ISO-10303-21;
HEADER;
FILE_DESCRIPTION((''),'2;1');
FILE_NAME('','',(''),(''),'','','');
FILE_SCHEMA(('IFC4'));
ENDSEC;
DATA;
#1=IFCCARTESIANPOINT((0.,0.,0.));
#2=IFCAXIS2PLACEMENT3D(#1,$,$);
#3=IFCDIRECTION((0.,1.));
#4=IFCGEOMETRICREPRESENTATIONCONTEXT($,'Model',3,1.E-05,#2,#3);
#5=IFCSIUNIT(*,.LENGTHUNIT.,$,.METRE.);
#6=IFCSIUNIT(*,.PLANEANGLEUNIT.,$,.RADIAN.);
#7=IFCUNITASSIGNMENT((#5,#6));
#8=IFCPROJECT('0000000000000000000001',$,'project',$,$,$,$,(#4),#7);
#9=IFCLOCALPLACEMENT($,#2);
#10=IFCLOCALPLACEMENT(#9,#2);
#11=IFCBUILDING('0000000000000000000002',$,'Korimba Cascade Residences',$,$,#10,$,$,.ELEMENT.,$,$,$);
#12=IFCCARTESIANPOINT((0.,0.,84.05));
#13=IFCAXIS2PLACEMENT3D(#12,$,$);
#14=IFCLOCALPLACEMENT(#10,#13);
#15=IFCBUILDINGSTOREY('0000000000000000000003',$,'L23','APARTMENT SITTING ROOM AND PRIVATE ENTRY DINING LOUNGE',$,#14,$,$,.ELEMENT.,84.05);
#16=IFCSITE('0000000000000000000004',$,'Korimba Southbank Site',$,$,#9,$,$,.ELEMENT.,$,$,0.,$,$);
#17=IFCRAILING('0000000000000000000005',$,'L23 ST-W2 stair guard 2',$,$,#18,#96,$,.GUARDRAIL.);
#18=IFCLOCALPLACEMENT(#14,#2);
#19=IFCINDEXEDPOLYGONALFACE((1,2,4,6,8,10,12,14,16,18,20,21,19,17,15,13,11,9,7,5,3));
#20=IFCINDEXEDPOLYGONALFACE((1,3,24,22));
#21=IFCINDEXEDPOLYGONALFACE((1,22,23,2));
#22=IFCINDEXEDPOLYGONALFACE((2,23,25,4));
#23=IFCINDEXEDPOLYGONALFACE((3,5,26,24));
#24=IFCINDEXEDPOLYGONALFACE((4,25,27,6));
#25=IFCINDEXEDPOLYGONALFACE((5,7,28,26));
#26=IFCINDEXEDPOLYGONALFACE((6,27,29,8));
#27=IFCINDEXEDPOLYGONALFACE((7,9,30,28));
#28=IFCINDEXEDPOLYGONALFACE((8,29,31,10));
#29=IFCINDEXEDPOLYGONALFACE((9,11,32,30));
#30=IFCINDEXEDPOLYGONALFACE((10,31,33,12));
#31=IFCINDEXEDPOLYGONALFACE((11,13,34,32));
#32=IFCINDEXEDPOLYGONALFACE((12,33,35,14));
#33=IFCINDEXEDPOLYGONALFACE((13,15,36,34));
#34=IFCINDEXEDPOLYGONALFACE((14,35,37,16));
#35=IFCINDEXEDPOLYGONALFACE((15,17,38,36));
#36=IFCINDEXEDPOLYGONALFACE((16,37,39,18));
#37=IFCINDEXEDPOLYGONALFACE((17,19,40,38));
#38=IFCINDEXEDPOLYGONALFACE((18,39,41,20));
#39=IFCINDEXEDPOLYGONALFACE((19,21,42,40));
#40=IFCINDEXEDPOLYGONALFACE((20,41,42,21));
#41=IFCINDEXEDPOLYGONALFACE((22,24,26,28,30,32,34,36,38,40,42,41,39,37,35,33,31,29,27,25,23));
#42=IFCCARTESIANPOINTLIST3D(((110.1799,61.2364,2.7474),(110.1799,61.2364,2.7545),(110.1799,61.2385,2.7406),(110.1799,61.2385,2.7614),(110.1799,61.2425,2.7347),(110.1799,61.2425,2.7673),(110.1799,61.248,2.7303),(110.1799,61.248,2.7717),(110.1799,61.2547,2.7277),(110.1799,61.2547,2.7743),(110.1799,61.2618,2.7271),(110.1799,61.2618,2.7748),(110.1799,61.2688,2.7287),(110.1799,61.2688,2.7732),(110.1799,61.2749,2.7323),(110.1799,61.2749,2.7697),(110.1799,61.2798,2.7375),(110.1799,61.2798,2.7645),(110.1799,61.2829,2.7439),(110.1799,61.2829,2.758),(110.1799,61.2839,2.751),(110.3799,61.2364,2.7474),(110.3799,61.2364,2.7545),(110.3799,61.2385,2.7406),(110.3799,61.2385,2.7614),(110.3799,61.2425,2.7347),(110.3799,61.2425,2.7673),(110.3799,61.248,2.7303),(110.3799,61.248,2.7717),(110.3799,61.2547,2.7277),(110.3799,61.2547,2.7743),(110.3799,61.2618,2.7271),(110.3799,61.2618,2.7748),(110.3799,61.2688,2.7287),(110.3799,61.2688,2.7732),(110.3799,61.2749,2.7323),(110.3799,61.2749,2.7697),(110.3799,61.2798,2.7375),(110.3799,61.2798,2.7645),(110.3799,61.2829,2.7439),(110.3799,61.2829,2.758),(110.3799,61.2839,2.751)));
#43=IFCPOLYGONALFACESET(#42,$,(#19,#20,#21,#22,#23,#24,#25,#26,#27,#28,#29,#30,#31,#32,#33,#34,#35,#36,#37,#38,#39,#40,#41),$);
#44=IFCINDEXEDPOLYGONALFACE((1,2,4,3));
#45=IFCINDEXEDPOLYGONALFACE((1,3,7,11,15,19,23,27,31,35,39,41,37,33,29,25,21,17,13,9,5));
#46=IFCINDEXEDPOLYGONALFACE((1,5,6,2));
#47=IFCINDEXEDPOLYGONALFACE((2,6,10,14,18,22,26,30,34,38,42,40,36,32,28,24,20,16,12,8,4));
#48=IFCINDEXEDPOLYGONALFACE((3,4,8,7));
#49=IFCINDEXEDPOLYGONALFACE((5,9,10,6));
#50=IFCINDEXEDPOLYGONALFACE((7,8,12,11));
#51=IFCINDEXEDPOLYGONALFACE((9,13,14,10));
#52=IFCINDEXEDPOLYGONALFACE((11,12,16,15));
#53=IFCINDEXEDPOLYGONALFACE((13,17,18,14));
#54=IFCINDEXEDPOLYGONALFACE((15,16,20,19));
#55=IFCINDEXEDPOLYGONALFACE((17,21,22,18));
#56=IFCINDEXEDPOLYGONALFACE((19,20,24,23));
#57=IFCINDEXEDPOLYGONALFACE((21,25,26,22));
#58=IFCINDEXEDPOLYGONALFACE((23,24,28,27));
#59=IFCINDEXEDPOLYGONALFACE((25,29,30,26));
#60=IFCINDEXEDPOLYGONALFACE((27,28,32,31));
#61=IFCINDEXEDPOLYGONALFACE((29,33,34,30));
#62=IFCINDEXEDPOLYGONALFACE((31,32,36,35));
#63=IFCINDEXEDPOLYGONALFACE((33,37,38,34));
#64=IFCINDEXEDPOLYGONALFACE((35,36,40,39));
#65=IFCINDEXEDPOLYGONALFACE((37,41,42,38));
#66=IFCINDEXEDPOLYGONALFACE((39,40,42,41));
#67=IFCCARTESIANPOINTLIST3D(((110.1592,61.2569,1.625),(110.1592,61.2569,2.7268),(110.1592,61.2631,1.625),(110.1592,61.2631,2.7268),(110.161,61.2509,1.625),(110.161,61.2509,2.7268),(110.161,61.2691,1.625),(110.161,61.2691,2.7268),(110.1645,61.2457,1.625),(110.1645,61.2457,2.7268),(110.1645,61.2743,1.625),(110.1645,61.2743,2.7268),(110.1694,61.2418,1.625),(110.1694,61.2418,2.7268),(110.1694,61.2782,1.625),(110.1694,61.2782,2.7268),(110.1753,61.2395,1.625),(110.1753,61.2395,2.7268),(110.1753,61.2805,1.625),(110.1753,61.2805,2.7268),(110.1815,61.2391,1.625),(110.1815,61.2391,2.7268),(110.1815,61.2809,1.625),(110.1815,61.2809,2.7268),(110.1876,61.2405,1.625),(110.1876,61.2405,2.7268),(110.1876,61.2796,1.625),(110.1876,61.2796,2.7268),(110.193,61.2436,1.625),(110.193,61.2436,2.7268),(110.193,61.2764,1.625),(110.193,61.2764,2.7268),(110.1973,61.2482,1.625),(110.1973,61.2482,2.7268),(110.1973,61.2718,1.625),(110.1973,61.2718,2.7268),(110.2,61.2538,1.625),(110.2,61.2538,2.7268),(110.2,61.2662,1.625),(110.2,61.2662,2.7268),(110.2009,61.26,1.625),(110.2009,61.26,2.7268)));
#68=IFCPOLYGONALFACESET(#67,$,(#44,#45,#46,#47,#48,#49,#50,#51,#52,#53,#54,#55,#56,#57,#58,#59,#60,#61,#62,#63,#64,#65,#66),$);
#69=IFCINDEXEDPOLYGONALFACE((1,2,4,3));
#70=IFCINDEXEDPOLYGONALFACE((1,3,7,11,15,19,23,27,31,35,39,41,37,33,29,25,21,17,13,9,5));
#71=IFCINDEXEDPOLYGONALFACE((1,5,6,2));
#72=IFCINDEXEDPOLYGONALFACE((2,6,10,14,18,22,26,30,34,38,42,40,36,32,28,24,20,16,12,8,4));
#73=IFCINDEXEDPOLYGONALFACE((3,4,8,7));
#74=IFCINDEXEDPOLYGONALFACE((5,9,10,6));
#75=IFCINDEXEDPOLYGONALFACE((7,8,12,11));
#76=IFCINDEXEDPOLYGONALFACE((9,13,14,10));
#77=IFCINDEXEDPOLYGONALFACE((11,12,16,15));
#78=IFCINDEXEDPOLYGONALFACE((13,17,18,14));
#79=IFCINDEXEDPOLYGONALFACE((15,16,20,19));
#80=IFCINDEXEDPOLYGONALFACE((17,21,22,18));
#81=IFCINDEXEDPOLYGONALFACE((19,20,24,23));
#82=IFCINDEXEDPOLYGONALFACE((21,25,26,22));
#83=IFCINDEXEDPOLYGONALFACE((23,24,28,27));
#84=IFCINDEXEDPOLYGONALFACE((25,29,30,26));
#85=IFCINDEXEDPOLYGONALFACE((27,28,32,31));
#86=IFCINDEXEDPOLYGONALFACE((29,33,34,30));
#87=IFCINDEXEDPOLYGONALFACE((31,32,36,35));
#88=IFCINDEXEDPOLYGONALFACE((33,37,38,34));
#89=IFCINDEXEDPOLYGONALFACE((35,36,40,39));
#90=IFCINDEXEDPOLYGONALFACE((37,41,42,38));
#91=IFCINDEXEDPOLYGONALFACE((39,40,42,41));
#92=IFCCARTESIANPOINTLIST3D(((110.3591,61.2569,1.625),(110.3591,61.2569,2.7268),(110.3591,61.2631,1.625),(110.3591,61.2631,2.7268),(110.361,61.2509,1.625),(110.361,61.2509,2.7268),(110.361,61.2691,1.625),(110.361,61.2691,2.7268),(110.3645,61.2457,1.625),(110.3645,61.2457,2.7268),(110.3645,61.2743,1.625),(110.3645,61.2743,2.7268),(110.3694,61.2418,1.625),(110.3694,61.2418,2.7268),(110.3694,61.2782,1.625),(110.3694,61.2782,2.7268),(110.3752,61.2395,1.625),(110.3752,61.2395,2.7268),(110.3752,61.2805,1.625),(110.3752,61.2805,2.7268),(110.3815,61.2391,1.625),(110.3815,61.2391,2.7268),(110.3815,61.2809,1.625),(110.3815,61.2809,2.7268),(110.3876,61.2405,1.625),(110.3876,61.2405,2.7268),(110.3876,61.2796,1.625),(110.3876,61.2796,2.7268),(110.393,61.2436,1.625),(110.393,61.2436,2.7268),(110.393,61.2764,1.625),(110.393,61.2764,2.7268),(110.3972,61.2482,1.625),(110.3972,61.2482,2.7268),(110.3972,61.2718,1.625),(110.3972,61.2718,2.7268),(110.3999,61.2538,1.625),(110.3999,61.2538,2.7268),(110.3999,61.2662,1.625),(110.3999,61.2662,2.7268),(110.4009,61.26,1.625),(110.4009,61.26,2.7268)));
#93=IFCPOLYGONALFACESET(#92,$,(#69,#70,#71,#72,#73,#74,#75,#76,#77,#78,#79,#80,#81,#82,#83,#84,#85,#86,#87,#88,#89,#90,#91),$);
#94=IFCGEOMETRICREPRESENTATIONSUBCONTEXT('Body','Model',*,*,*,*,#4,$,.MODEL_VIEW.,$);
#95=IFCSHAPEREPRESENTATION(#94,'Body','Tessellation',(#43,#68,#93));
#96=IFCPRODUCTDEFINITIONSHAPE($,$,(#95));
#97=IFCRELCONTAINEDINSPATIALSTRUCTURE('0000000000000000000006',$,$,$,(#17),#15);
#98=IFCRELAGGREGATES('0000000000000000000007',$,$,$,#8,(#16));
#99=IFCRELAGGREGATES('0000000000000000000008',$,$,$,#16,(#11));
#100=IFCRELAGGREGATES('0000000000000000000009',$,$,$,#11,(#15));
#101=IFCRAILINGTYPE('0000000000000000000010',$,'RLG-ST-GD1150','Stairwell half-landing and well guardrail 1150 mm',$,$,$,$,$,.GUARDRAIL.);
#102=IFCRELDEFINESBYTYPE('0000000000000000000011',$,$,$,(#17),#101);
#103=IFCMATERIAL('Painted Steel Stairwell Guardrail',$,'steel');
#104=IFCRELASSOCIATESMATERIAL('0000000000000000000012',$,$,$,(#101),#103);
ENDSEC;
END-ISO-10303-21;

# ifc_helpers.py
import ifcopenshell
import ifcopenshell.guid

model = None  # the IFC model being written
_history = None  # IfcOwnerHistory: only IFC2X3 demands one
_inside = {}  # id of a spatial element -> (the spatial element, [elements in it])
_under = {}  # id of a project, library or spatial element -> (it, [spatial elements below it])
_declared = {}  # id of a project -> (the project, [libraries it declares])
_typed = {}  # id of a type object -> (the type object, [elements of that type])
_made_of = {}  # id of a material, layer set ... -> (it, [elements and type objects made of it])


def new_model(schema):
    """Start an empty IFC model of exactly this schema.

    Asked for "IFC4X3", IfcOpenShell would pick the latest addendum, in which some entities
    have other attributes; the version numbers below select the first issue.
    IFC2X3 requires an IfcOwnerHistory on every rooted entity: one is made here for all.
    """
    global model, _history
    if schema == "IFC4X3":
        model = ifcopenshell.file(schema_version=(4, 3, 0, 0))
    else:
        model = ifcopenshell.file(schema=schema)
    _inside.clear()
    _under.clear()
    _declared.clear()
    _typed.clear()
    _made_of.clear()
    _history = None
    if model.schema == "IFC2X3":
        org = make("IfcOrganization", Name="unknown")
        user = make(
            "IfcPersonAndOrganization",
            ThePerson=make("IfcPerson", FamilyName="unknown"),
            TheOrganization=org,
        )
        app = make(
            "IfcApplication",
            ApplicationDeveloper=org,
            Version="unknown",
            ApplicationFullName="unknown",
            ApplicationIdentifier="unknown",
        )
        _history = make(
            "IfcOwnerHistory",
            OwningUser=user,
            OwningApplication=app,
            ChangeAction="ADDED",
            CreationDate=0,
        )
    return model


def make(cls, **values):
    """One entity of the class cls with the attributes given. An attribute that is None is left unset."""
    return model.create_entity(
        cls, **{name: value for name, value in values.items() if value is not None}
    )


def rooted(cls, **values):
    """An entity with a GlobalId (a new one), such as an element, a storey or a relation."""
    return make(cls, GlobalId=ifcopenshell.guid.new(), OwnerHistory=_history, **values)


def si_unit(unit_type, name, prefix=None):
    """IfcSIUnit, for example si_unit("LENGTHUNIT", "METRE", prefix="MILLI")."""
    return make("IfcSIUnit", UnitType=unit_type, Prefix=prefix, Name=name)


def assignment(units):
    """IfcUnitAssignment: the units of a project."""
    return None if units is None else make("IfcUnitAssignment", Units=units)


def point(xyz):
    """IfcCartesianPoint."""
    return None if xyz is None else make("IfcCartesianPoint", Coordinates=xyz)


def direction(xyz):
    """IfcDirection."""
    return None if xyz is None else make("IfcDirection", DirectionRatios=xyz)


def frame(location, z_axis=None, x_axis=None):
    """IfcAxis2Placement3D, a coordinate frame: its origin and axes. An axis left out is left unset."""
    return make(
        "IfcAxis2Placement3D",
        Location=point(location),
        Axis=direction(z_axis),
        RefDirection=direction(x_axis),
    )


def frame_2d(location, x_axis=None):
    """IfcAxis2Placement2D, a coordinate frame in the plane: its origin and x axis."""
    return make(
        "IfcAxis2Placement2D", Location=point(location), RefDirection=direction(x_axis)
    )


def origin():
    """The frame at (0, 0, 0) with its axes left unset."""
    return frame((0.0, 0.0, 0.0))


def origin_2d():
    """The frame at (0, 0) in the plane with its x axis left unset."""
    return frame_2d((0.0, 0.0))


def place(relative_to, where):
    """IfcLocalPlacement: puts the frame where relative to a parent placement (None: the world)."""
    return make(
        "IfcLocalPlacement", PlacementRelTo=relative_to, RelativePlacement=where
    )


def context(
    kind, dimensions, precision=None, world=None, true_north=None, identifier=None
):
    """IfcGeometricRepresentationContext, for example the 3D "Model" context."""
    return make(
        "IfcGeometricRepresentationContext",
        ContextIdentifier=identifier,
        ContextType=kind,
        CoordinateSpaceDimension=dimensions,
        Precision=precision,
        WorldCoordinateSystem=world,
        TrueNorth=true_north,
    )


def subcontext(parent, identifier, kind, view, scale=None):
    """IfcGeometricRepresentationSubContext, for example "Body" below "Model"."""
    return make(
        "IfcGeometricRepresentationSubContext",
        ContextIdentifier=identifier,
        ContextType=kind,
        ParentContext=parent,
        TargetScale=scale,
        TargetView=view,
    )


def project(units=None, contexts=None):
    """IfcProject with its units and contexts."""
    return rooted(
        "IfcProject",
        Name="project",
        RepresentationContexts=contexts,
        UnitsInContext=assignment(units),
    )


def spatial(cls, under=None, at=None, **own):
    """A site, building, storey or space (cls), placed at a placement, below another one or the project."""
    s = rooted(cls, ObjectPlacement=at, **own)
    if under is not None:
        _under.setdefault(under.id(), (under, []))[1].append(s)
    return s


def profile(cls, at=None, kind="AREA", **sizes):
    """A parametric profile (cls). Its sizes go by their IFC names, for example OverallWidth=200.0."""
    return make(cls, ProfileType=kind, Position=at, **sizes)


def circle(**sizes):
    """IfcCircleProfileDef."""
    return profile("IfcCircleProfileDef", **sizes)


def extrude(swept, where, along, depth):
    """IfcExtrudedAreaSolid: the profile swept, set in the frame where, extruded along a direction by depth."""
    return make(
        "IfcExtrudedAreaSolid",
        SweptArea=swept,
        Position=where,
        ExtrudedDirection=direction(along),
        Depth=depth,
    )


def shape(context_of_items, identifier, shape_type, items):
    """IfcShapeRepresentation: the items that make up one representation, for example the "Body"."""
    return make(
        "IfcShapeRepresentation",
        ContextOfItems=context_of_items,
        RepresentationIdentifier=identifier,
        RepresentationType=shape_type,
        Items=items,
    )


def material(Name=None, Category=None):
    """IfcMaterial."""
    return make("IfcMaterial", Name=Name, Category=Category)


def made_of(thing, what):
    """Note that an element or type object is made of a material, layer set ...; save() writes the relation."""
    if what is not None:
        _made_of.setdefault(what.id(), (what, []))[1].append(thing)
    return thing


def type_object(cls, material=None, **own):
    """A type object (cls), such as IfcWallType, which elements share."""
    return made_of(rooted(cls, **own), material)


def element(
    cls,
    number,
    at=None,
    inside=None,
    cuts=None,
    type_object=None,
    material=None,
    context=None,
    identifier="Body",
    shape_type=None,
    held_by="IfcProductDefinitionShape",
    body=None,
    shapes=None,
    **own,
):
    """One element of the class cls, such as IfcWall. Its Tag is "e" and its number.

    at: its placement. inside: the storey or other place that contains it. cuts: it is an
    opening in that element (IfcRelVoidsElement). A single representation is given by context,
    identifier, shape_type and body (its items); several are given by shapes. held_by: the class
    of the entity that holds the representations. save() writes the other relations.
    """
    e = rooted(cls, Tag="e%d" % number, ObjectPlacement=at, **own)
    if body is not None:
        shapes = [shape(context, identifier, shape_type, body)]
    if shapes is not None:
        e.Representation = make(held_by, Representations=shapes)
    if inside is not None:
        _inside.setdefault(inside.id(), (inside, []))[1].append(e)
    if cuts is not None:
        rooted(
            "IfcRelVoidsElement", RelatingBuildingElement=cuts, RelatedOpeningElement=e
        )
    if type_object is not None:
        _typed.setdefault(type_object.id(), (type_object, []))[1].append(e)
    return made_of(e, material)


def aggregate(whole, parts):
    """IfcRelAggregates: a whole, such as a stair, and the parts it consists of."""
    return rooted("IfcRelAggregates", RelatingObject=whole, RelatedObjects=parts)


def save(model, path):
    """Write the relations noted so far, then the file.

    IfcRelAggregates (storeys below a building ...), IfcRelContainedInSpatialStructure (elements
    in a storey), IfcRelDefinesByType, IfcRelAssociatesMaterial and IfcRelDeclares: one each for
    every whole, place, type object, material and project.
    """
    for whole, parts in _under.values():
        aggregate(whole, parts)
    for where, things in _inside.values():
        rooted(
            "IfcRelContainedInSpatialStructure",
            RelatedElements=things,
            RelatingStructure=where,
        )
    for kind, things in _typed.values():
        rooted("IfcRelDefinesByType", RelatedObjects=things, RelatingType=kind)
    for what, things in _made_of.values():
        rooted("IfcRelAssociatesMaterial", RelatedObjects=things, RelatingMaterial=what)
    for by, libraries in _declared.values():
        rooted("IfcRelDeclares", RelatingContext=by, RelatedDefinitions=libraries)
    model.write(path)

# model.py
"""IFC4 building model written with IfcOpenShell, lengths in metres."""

from ifc_helpers import new_model, si_unit, direction, frame, origin, origin_2d, place, context, subcontext, project, spatial, circle, extrude, material, type_object, element, save


model = new_model("IFC4")

# Units and contexts
model_context = context("Model", 3, precision=1e-05, world=origin(), true_north=direction((0.0, 1.0)))
body_context = subcontext(model_context, "Body", "Model", "MODEL_VIEW")
ifc_project = project(units=[si_unit("LENGTHUNIT", "METRE"), si_unit("PLANEANGLEUNIT", "RADIAN")], contexts=[model_context])

# Site, building, storey
site_placement = place(None, origin())
site = spatial("IfcSite", under=ifc_project, at=site_placement, Name="Korimba Southbank Site", CompositionType="ELEMENT", RefElevation=0.0)
building_placement = place(site_placement, origin())
building = spatial("IfcBuilding", under=site, at=building_placement, Name="Korimba Cascade Residences", CompositionType="ELEMENT")
storey_placement = place(building_placement, frame((0.0, 0.0, 84.05)))
storey = spatial("IfcBuildingStorey", under=building, at=storey_placement, Name="L23", Description="APARTMENT SITTING ROOM AND PRIVATE ENTRY DINING LOUNGE", CompositionType="ELEMENT", Elevation=84.05)

# Railing
ifc_material_1 = material(Name="Painted Steel Stairwell Guardrail", Category="steel")
railing_type_1 = type_object("IfcRailingType", Name="RLG-ST-GD1150", Description="Stairwell half-landing and well guardrail 1150 mm", PredefinedType="GUARDRAIL", material=ifc_material_1)
railing_1_placement = place(storey_placement, frame((110.1799, 61.26, 1.625)))
element("IfcRailing", 1, at=railing_1_placement, inside=storey, type_object=railing_type_1, Name="L23 ST-W2 stair guard 2", PredefinedType="GUARDRAIL", context=body_context, shape_type="SweptSolid", body=[
    extrude(circle(Radius=0.0239, at=origin_2d()), frame((0.0, 0.0, 1.126), z_axis=(1.0, 0.0, 0.0), x_axis=(0.0, 1.0, 0.0)), (0.0, 0.0, 1.0), 0.2),
    extrude(circle(Radius=0.021, at=origin_2d()), origin(), (0.0, 0.0, 1.0), 1.1018),
    extrude(circle(Radius=0.021, at=origin_2d()), frame((0.2, 0.0, 0.0)), (0.0, 0.0, 1.0), 1.1018),
])

save(model, "model.ifc")
